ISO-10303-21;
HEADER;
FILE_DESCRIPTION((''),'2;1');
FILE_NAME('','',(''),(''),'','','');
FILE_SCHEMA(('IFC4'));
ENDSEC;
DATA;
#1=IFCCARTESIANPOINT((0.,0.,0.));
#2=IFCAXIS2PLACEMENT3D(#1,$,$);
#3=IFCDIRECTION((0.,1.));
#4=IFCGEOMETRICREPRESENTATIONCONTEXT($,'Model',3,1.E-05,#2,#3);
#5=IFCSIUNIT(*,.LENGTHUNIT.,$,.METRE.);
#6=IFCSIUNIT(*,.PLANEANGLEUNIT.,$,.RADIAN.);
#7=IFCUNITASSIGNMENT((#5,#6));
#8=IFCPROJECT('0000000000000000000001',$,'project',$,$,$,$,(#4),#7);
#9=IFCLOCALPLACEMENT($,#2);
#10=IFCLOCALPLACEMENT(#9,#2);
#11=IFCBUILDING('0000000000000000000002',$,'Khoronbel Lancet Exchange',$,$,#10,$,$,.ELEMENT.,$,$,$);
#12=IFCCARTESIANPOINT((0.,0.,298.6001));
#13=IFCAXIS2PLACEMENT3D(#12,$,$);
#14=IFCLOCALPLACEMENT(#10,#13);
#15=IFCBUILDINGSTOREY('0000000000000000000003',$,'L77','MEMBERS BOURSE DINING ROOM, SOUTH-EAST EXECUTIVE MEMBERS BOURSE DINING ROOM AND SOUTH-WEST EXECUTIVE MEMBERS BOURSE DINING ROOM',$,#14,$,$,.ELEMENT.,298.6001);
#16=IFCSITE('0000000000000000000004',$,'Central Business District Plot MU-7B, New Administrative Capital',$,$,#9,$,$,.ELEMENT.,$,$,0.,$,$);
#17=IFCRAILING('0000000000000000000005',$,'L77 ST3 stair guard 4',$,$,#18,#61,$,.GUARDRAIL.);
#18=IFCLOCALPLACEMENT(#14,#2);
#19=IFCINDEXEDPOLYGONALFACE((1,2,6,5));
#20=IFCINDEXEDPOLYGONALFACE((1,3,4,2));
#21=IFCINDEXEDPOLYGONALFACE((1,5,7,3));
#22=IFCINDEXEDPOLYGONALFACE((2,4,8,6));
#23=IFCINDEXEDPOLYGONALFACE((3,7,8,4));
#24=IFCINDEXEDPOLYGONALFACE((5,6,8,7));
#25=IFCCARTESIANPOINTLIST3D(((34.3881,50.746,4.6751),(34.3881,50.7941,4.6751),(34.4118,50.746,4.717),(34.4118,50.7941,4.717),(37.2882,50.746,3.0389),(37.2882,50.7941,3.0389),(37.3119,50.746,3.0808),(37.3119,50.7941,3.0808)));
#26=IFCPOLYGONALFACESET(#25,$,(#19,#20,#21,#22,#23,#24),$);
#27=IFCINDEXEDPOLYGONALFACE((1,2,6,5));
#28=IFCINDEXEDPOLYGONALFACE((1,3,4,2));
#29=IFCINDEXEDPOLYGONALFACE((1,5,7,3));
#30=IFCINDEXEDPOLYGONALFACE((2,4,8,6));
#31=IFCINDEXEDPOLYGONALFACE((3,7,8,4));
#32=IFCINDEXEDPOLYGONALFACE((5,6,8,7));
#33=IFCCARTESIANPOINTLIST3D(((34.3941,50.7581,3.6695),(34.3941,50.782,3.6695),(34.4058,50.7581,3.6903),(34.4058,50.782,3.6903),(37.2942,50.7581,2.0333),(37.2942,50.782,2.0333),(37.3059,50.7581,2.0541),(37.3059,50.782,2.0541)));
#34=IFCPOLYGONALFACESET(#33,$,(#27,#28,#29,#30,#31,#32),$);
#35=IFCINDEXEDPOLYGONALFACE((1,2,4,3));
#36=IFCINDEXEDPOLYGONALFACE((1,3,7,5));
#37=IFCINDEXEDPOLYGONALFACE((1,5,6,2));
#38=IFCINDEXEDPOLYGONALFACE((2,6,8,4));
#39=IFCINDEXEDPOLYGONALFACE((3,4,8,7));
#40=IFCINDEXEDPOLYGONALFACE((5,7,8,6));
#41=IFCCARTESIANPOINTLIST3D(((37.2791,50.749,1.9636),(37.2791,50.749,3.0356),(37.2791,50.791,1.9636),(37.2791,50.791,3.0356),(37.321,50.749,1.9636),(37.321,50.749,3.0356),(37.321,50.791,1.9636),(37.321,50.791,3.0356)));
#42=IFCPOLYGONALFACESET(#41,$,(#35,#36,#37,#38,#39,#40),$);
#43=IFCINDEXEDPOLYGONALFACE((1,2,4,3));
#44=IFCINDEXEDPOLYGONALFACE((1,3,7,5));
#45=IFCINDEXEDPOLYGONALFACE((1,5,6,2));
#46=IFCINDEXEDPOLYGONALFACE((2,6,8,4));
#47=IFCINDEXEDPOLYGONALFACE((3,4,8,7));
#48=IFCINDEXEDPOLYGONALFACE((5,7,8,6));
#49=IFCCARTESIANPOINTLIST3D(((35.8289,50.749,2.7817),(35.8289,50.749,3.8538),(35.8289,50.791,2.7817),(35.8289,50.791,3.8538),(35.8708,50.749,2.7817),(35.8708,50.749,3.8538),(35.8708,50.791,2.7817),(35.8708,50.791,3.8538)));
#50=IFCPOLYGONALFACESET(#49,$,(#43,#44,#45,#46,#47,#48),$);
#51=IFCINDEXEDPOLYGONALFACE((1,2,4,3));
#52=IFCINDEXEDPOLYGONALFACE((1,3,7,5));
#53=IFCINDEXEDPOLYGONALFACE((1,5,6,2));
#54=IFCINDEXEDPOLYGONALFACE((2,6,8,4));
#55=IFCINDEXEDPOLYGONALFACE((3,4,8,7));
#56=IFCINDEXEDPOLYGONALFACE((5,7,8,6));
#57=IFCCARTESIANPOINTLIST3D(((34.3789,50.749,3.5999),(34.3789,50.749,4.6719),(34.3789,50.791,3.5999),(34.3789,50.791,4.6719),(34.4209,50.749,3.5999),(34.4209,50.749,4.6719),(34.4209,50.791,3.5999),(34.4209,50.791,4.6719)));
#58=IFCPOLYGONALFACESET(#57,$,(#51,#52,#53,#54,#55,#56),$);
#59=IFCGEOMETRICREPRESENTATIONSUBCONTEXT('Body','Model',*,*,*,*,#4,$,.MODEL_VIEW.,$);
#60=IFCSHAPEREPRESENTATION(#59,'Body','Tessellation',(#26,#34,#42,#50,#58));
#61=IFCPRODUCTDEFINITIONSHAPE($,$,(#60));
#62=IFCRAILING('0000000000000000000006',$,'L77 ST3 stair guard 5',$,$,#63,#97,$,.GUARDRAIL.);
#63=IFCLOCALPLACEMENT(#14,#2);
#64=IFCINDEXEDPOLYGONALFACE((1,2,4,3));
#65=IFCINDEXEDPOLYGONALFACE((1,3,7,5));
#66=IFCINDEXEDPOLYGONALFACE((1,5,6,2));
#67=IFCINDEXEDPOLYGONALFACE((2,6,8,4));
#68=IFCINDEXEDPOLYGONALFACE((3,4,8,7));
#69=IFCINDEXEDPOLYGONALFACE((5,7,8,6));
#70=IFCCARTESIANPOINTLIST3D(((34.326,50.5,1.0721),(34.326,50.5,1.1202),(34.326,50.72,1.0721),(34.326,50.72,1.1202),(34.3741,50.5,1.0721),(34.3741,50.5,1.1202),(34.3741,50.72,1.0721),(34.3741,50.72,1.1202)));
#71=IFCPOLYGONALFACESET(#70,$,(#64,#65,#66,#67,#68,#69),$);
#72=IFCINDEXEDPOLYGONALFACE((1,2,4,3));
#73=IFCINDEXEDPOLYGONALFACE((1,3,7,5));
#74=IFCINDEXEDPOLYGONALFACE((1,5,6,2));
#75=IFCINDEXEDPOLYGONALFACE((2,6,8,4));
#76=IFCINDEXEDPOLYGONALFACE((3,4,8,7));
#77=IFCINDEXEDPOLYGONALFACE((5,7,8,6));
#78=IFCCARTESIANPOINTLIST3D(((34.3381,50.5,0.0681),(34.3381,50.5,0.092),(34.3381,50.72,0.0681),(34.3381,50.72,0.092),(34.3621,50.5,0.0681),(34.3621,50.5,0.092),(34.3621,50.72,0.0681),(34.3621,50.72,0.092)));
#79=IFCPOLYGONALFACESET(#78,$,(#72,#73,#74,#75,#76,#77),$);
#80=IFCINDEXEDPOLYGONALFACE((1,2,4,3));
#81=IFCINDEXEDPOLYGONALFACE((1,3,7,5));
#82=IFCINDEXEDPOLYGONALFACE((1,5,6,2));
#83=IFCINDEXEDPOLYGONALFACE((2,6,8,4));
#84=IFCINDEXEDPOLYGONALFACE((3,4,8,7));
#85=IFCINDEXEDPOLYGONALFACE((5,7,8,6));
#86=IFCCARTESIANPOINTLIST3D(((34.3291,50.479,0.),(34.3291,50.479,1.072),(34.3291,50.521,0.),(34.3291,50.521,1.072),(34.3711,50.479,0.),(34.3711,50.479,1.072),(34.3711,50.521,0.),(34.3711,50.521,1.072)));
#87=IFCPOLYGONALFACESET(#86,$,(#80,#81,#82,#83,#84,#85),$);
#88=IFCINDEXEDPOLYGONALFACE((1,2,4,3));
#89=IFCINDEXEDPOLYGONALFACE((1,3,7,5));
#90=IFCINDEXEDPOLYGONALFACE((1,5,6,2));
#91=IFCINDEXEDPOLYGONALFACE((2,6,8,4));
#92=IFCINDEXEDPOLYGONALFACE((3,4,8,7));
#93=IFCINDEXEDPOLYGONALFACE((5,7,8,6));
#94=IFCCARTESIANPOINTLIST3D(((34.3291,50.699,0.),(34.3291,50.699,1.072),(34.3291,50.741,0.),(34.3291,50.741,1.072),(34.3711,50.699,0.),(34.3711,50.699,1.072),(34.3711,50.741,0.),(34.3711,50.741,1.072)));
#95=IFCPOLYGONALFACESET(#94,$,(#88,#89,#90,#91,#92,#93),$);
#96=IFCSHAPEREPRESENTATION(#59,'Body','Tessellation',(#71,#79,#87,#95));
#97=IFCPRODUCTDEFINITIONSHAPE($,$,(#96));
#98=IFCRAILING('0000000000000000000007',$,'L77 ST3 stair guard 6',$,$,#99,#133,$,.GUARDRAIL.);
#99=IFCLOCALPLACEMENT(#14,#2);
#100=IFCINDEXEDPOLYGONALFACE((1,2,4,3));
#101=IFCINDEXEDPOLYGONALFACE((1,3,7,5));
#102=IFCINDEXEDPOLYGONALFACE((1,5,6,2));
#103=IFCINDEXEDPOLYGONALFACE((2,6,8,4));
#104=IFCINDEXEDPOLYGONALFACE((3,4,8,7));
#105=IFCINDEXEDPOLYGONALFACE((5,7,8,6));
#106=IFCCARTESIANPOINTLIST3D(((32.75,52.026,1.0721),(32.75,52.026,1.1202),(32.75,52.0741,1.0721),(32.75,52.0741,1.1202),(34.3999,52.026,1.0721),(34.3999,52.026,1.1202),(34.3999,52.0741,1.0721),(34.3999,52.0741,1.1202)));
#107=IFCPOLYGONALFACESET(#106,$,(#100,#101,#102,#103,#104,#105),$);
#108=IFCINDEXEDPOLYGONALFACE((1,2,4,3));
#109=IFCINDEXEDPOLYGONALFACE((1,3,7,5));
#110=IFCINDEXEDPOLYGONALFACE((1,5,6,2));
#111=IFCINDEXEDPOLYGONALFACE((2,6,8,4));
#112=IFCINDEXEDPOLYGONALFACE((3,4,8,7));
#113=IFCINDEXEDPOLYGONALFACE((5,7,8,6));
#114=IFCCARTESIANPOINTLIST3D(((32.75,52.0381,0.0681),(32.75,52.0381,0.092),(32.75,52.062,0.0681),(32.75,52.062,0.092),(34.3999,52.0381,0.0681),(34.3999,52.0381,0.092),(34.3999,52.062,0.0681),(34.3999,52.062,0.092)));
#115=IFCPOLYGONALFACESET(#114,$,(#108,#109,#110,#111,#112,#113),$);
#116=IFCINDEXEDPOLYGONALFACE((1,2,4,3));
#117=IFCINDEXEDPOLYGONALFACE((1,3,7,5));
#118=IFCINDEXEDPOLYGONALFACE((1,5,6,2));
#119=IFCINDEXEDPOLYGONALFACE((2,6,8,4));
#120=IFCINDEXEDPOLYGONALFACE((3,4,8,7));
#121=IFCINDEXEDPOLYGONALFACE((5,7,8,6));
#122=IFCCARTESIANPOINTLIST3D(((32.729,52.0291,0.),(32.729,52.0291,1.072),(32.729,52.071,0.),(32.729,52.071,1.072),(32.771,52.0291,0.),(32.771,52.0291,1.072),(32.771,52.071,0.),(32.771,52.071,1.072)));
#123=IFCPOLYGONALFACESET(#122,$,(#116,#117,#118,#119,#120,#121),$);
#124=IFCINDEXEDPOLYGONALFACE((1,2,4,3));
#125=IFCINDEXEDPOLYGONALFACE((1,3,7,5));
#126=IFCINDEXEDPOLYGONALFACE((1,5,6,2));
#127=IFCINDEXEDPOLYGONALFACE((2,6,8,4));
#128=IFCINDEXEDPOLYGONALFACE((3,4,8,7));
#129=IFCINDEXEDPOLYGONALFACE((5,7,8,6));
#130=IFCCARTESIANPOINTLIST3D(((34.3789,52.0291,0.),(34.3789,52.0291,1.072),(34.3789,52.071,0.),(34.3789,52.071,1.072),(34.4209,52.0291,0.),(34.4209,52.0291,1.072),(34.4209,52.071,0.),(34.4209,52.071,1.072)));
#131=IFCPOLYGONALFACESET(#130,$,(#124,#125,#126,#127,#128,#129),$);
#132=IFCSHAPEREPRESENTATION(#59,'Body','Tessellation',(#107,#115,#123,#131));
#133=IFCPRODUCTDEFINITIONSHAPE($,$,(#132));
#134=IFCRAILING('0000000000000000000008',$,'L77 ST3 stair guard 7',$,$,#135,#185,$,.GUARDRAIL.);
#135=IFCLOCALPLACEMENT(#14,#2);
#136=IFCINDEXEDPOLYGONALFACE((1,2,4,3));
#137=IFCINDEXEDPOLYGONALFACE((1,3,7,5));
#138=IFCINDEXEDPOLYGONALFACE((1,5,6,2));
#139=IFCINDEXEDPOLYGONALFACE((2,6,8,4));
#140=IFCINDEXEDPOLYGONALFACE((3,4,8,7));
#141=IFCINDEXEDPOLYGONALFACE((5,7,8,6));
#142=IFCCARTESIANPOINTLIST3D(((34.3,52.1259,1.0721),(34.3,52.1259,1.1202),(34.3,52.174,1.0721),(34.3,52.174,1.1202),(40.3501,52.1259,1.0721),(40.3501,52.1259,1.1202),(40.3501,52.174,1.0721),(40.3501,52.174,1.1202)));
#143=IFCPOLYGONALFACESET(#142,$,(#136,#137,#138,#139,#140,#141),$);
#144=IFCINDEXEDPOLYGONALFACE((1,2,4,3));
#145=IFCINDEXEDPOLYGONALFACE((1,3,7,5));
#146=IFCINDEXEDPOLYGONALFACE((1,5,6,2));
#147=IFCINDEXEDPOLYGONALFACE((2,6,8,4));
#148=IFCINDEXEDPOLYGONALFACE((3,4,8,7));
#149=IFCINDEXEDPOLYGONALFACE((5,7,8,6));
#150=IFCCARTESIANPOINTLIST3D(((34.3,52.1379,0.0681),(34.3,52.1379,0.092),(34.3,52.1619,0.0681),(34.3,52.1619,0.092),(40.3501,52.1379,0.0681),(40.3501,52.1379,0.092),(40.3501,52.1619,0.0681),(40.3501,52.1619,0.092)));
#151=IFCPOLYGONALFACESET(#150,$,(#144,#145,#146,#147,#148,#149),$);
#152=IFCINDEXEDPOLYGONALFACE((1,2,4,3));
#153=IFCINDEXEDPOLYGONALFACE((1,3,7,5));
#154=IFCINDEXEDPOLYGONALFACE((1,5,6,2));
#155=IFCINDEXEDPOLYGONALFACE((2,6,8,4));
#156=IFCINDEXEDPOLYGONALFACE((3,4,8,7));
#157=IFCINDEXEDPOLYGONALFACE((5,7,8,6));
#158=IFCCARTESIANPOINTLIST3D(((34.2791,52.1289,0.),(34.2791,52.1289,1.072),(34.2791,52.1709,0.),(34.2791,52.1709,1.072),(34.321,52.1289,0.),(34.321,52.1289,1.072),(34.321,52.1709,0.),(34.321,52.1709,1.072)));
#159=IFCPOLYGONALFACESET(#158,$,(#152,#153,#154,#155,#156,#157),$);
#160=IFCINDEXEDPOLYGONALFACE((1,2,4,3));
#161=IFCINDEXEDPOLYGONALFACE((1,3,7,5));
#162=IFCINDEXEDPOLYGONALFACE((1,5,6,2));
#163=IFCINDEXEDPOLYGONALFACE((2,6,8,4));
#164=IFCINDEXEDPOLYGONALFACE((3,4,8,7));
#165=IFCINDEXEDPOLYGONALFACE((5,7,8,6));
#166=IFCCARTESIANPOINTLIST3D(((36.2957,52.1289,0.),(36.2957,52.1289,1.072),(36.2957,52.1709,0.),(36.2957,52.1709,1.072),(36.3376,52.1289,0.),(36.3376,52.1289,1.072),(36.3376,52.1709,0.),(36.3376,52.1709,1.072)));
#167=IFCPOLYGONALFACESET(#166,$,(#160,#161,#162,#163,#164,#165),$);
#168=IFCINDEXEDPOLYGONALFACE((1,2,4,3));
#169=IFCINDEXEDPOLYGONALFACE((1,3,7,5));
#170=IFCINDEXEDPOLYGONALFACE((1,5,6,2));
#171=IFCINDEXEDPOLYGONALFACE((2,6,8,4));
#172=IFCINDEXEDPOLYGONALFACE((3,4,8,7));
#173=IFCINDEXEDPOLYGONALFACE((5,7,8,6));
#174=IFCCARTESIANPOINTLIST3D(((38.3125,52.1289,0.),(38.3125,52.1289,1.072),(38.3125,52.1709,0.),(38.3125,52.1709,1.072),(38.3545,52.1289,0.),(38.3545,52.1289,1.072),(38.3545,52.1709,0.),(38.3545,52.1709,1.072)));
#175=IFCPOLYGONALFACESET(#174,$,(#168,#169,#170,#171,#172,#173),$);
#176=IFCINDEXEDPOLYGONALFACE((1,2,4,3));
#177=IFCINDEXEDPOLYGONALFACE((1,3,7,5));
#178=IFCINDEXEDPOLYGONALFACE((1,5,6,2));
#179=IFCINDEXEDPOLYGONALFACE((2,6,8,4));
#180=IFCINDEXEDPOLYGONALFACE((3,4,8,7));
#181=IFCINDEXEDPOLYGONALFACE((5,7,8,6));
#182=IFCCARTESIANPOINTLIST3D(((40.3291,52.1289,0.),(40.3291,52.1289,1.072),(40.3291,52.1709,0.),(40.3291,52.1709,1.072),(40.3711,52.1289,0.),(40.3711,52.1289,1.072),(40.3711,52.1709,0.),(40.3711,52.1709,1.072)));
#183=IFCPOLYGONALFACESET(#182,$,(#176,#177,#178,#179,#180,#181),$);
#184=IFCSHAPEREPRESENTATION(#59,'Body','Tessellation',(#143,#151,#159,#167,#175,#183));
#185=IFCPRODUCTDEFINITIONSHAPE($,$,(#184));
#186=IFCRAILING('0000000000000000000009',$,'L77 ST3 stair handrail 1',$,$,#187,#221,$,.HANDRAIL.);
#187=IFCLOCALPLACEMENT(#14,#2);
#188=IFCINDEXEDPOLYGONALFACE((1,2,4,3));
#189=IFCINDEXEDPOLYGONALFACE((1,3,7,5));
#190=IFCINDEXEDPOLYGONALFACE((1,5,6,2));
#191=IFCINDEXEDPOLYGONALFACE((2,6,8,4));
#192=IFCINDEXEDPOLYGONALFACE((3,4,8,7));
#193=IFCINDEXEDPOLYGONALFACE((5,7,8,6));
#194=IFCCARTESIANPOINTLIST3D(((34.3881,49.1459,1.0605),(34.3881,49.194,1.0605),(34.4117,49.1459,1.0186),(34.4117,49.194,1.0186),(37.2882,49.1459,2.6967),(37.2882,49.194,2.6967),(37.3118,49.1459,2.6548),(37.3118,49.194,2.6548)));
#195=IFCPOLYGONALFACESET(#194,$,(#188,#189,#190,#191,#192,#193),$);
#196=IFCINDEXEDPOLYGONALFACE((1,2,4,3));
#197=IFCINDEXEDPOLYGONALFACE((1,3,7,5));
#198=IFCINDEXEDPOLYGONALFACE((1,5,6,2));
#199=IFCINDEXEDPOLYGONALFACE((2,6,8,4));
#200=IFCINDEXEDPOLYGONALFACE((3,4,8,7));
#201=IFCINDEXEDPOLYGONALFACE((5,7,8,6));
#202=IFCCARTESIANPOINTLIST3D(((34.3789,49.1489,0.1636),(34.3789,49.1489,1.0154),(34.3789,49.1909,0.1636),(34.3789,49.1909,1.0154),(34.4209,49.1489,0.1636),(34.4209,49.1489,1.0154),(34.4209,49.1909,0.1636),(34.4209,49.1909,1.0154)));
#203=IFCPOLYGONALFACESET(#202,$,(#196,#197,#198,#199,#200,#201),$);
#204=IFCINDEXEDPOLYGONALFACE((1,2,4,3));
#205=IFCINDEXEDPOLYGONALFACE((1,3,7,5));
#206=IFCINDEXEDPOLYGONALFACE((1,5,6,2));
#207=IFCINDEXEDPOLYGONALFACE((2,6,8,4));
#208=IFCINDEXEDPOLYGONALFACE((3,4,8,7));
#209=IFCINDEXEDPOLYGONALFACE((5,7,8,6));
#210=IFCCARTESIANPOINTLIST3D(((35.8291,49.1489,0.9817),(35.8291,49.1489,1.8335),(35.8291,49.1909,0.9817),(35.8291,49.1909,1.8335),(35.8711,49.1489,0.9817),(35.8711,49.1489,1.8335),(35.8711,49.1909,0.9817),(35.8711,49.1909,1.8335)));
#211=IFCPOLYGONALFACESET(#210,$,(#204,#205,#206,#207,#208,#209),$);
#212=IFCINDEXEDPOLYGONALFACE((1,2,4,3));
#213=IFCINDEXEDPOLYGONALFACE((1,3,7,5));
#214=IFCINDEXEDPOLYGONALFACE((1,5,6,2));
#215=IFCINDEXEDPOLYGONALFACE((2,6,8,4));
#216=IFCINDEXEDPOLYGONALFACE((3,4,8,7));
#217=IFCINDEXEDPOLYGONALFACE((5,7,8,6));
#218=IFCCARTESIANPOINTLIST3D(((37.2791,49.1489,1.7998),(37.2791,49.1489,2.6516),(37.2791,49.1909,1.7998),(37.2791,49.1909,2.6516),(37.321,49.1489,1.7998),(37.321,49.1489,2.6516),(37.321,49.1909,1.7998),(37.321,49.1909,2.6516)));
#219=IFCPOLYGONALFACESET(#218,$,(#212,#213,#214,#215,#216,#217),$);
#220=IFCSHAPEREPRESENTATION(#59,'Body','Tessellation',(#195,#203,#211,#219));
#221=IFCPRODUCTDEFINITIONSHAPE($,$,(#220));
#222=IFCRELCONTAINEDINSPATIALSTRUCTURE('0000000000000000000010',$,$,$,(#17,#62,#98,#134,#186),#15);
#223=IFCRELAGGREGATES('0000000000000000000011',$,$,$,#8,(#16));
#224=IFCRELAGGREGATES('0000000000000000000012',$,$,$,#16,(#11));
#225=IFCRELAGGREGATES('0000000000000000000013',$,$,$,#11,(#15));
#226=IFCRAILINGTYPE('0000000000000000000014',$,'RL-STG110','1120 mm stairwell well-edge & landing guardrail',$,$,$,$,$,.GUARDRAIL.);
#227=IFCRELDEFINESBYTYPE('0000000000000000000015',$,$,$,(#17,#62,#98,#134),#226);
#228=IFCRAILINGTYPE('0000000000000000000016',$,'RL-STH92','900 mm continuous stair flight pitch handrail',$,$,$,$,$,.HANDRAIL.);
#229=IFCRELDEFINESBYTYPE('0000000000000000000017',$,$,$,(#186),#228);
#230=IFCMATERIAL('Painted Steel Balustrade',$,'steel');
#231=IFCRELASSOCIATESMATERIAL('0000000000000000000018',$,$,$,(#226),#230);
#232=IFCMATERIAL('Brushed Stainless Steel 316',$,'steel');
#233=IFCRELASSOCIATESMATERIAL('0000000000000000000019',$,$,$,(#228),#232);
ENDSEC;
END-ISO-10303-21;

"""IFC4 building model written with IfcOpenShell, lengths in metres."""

from ifc_helpers import new_model, si_unit, direction, frame, origin, origin_2d, place, context, subcontext, project, spatial, rectangle, extrude, material, type_object, element, save


model = new_model("IFC4")

# Units and contexts
model_context = context("Model", 3, precision=1e-05, world=origin(), true_north=direction((0.0, 1.0)))
body_context = subcontext(model_context, "Body", "Model", "MODEL_VIEW")
ifc_project = project(units=[si_unit("LENGTHUNIT", "METRE"), si_unit("PLANEANGLEUNIT", "RADIAN")], contexts=[model_context])

# Site, building, storey
site_placement = place(None, origin())
site = spatial("IfcSite", under=ifc_project, at=site_placement, Name="Central Business District Plot MU-7B, New Administrative Capital", CompositionType="ELEMENT", RefElevation=0.0)
building_placement = place(site_placement, origin())
building = spatial("IfcBuilding", under=site, at=building_placement, Name="Khoronbel Lancet Exchange", CompositionType="ELEMENT")
storey_placement = place(building_placement, frame((0.0, 0.0, 298.6001)))
storey = spatial("IfcBuildingStorey", under=building, at=storey_placement, Name="L77", Description="MEMBERS BOURSE DINING ROOM, SOUTH-EAST EXECUTIVE MEMBERS BOURSE DINING ROOM AND SOUTH-WEST EXECUTIVE MEMBERS BOURSE DINING ROOM", CompositionType="ELEMENT", Elevation=298.6001)

# Railings
ifc_material_1 = material(Name="Painted Steel Balustrade", Category="steel")
railing_type_1 = type_object("IfcRailingType", Name="RL-STG110", Description="1120 mm stairwell well-edge & landing guardrail", PredefinedType="GUARDRAIL", material=ifc_material_1)
railing_1_placement = place(storey_placement, frame((37.3, 50.77, 1.9636)))
element("IfcRailing", 1, at=railing_1_placement, inside=storey, type_object=railing_type_1, Name="L77 ST3 stair guard 4", PredefinedType="GUARDRAIL", context=body_context, shape_type="SweptSolid", body=[
    extrude(rectangle(XDim=0.0481, YDim=0.0481, at=origin_2d()), frame((0.0, 0.0, 1.0962), z_axis=(-0.870946, 0.0, 0.491378), x_axis=(0.0, -1.0, 0.0)), (0.0, 0.0, 1.0), 3.3298),
    extrude(rectangle(XDim=0.0239, YDim=0.0239, at=origin_2d()), frame((0.0, 0.0, 0.0801), z_axis=(-0.870946, 0.0, 0.491378), x_axis=(0.0, -1.0, 0.0)), (0.0, 0.0, 1.0), 3.3298),
    extrude(rectangle(XDim=0.042, YDim=0.042, at=origin_2d()), origin(), (0.0, 0.0, 1.0), 1.072),
    extrude(rectangle(XDim=0.042, YDim=0.042, at=origin_2d()), frame((-1.4502, 0.0, 0.8181)), (0.0, 0.0, 1.0), 1.072),
    extrude(rectangle(XDim=0.042, YDim=0.042, at=origin_2d()), frame((-2.9001, 0.0, 1.6362)), (0.0, 0.0, 1.0), 1.072),
])
railing_2_placement = place(storey_placement, frame((34.3501, 50.5, 0.0)))
element("IfcRailing", 2, at=railing_2_placement, inside=storey, type_object=railing_type_1, Name="L77 ST3 stair guard 5", PredefinedType="GUARDRAIL", context=body_context, shape_type="SweptSolid", body=[
    extrude(rectangle(XDim=0.0481, YDim=0.0481, at=origin_2d()), frame((0.0, 0.0, 1.0962), z_axis=(0.0, 1.0, 0.0), x_axis=(-1.0, 0.0, 0.0)), (0.0, 0.0, 1.0), 0.22),
    extrude(rectangle(XDim=0.0239, YDim=0.0239, at=origin_2d()), frame((0.0, 0.0, 0.0801), z_axis=(0.0, 1.0, 0.0), x_axis=(-1.0, 0.0, 0.0)), (0.0, 0.0, 1.0), 0.22),
    extrude(rectangle(XDim=0.042, YDim=0.042, at=origin_2d()), origin(), (0.0, 0.0, 1.0), 1.072),
    extrude(rectangle(XDim=0.042, YDim=0.042, at=origin_2d()), frame((0.0, 0.22, 0.0)), (0.0, 0.0, 1.0), 1.072),
])
railing_3_placement = place(storey_placement, frame((32.75, 52.05, 0.0)))
element("IfcRailing", 3, at=railing_3_placement, inside=storey, type_object=railing_type_1, Name="L77 ST3 stair guard 6", PredefinedType="GUARDRAIL", context=body_context, shape_type="SweptSolid", body=[
    extrude(rectangle(XDim=0.0481, YDim=0.0481, at=origin_2d()), frame((0.0, 0.0, 1.0962), z_axis=(1.0, 0.0, 0.0), x_axis=(0.0, 1.0, 0.0)), (0.0, 0.0, 1.0), 1.6499),
    extrude(rectangle(XDim=0.0239, YDim=0.0239, at=origin_2d()), frame((0.0, 0.0, 0.0801), z_axis=(1.0, 0.0, 0.0), x_axis=(0.0, 1.0, 0.0)), (0.0, 0.0, 1.0), 1.6499),
    extrude(rectangle(XDim=0.042, YDim=0.042, at=origin_2d()), origin(), (0.0, 0.0, 1.0), 1.072),
    extrude(rectangle(XDim=0.042, YDim=0.042, at=origin_2d()), frame((1.6499, 0.0, 0.0)), (0.0, 0.0, 1.0), 1.072),
])
railing_4_placement = place(storey_placement, frame((34.3, 52.1499, 0.0)))
element("IfcRailing", 4, at=railing_4_placement, inside=storey, type_object=railing_type_1, Name="L77 ST3 stair guard 7", PredefinedType="GUARDRAIL", context=body_context, shape_type="SweptSolid", body=[
    extrude(rectangle(XDim=0.0481, YDim=0.0481, at=origin_2d()), frame((0.0, 0.0, 1.0962), z_axis=(1.0, 0.0, 0.0), x_axis=(0.0, 1.0, 0.0)), (0.0, 0.0, 1.0), 6.05),
    extrude(rectangle(XDim=0.0239, YDim=0.0239, at=origin_2d()), frame((0.0, 0.0, 0.0801), z_axis=(1.0, 0.0, 0.0), x_axis=(0.0, 1.0, 0.0)), (0.0, 0.0, 1.0), 6.05),
    extrude(rectangle(XDim=0.042, YDim=0.042, at=origin_2d()), origin(), (0.0, 0.0, 1.0), 1.072),
    extrude(rectangle(XDim=0.042, YDim=0.042, at=origin_2d()), frame((2.0166, 0.0, 0.0)), (0.0, 0.0, 1.0), 1.072),
    extrude(rectangle(XDim=0.042, YDim=0.042, at=origin_2d()), frame((4.0334, 0.0, 0.0)), (0.0, 0.0, 1.0), 1.072),
    extrude(rectangle(XDim=0.042, YDim=0.042, at=origin_2d()), frame((6.05, 0.0, 0.0)), (0.0, 0.0, 1.0), 1.072),
])
ifc_material_2 = material(Name="Brushed Stainless Steel 316", Category="steel")
railing_type_2 = type_object("IfcRailingType", Name="RL-STH92", Description="900 mm continuous stair flight pitch handrail", PredefinedType="HANDRAIL", material=ifc_material_2)
railing_5_placement = place(storey_placement, frame((34.3999, 49.1699, 0.1636)))
element("IfcRailing", 5, at=railing_5_placement, inside=storey, type_object=railing_type_2, Name="L77 ST3 stair handrail 1", PredefinedType="HANDRAIL", context=body_context, shape_type="SweptSolid", body=[
    extrude(rectangle(XDim=0.0481, YDim=0.0481, at=origin_2d()), frame((0.0, 0.0, 0.876), z_axis=(0.870946, 0.0, 0.491378), x_axis=(0.0, 1.0, 0.0)), (0.0, 0.0, 1.0), 3.3298),
    extrude(rectangle(XDim=0.042, YDim=0.042, at=origin_2d()), origin(), (0.0, 0.0, 1.0), 0.8518),
    extrude(rectangle(XDim=0.042, YDim=0.042, at=origin_2d()), frame((1.4502, 0.0, 0.8181)), (0.0, 0.0, 1.0), 0.8518),
    extrude(rectangle(XDim=0.042, YDim=0.042, at=origin_2d()), frame((2.9001, 0.0, 1.6362)), (0.0, 0.0, 1.0), 0.8518),
])

save(model, "model.ifc")
